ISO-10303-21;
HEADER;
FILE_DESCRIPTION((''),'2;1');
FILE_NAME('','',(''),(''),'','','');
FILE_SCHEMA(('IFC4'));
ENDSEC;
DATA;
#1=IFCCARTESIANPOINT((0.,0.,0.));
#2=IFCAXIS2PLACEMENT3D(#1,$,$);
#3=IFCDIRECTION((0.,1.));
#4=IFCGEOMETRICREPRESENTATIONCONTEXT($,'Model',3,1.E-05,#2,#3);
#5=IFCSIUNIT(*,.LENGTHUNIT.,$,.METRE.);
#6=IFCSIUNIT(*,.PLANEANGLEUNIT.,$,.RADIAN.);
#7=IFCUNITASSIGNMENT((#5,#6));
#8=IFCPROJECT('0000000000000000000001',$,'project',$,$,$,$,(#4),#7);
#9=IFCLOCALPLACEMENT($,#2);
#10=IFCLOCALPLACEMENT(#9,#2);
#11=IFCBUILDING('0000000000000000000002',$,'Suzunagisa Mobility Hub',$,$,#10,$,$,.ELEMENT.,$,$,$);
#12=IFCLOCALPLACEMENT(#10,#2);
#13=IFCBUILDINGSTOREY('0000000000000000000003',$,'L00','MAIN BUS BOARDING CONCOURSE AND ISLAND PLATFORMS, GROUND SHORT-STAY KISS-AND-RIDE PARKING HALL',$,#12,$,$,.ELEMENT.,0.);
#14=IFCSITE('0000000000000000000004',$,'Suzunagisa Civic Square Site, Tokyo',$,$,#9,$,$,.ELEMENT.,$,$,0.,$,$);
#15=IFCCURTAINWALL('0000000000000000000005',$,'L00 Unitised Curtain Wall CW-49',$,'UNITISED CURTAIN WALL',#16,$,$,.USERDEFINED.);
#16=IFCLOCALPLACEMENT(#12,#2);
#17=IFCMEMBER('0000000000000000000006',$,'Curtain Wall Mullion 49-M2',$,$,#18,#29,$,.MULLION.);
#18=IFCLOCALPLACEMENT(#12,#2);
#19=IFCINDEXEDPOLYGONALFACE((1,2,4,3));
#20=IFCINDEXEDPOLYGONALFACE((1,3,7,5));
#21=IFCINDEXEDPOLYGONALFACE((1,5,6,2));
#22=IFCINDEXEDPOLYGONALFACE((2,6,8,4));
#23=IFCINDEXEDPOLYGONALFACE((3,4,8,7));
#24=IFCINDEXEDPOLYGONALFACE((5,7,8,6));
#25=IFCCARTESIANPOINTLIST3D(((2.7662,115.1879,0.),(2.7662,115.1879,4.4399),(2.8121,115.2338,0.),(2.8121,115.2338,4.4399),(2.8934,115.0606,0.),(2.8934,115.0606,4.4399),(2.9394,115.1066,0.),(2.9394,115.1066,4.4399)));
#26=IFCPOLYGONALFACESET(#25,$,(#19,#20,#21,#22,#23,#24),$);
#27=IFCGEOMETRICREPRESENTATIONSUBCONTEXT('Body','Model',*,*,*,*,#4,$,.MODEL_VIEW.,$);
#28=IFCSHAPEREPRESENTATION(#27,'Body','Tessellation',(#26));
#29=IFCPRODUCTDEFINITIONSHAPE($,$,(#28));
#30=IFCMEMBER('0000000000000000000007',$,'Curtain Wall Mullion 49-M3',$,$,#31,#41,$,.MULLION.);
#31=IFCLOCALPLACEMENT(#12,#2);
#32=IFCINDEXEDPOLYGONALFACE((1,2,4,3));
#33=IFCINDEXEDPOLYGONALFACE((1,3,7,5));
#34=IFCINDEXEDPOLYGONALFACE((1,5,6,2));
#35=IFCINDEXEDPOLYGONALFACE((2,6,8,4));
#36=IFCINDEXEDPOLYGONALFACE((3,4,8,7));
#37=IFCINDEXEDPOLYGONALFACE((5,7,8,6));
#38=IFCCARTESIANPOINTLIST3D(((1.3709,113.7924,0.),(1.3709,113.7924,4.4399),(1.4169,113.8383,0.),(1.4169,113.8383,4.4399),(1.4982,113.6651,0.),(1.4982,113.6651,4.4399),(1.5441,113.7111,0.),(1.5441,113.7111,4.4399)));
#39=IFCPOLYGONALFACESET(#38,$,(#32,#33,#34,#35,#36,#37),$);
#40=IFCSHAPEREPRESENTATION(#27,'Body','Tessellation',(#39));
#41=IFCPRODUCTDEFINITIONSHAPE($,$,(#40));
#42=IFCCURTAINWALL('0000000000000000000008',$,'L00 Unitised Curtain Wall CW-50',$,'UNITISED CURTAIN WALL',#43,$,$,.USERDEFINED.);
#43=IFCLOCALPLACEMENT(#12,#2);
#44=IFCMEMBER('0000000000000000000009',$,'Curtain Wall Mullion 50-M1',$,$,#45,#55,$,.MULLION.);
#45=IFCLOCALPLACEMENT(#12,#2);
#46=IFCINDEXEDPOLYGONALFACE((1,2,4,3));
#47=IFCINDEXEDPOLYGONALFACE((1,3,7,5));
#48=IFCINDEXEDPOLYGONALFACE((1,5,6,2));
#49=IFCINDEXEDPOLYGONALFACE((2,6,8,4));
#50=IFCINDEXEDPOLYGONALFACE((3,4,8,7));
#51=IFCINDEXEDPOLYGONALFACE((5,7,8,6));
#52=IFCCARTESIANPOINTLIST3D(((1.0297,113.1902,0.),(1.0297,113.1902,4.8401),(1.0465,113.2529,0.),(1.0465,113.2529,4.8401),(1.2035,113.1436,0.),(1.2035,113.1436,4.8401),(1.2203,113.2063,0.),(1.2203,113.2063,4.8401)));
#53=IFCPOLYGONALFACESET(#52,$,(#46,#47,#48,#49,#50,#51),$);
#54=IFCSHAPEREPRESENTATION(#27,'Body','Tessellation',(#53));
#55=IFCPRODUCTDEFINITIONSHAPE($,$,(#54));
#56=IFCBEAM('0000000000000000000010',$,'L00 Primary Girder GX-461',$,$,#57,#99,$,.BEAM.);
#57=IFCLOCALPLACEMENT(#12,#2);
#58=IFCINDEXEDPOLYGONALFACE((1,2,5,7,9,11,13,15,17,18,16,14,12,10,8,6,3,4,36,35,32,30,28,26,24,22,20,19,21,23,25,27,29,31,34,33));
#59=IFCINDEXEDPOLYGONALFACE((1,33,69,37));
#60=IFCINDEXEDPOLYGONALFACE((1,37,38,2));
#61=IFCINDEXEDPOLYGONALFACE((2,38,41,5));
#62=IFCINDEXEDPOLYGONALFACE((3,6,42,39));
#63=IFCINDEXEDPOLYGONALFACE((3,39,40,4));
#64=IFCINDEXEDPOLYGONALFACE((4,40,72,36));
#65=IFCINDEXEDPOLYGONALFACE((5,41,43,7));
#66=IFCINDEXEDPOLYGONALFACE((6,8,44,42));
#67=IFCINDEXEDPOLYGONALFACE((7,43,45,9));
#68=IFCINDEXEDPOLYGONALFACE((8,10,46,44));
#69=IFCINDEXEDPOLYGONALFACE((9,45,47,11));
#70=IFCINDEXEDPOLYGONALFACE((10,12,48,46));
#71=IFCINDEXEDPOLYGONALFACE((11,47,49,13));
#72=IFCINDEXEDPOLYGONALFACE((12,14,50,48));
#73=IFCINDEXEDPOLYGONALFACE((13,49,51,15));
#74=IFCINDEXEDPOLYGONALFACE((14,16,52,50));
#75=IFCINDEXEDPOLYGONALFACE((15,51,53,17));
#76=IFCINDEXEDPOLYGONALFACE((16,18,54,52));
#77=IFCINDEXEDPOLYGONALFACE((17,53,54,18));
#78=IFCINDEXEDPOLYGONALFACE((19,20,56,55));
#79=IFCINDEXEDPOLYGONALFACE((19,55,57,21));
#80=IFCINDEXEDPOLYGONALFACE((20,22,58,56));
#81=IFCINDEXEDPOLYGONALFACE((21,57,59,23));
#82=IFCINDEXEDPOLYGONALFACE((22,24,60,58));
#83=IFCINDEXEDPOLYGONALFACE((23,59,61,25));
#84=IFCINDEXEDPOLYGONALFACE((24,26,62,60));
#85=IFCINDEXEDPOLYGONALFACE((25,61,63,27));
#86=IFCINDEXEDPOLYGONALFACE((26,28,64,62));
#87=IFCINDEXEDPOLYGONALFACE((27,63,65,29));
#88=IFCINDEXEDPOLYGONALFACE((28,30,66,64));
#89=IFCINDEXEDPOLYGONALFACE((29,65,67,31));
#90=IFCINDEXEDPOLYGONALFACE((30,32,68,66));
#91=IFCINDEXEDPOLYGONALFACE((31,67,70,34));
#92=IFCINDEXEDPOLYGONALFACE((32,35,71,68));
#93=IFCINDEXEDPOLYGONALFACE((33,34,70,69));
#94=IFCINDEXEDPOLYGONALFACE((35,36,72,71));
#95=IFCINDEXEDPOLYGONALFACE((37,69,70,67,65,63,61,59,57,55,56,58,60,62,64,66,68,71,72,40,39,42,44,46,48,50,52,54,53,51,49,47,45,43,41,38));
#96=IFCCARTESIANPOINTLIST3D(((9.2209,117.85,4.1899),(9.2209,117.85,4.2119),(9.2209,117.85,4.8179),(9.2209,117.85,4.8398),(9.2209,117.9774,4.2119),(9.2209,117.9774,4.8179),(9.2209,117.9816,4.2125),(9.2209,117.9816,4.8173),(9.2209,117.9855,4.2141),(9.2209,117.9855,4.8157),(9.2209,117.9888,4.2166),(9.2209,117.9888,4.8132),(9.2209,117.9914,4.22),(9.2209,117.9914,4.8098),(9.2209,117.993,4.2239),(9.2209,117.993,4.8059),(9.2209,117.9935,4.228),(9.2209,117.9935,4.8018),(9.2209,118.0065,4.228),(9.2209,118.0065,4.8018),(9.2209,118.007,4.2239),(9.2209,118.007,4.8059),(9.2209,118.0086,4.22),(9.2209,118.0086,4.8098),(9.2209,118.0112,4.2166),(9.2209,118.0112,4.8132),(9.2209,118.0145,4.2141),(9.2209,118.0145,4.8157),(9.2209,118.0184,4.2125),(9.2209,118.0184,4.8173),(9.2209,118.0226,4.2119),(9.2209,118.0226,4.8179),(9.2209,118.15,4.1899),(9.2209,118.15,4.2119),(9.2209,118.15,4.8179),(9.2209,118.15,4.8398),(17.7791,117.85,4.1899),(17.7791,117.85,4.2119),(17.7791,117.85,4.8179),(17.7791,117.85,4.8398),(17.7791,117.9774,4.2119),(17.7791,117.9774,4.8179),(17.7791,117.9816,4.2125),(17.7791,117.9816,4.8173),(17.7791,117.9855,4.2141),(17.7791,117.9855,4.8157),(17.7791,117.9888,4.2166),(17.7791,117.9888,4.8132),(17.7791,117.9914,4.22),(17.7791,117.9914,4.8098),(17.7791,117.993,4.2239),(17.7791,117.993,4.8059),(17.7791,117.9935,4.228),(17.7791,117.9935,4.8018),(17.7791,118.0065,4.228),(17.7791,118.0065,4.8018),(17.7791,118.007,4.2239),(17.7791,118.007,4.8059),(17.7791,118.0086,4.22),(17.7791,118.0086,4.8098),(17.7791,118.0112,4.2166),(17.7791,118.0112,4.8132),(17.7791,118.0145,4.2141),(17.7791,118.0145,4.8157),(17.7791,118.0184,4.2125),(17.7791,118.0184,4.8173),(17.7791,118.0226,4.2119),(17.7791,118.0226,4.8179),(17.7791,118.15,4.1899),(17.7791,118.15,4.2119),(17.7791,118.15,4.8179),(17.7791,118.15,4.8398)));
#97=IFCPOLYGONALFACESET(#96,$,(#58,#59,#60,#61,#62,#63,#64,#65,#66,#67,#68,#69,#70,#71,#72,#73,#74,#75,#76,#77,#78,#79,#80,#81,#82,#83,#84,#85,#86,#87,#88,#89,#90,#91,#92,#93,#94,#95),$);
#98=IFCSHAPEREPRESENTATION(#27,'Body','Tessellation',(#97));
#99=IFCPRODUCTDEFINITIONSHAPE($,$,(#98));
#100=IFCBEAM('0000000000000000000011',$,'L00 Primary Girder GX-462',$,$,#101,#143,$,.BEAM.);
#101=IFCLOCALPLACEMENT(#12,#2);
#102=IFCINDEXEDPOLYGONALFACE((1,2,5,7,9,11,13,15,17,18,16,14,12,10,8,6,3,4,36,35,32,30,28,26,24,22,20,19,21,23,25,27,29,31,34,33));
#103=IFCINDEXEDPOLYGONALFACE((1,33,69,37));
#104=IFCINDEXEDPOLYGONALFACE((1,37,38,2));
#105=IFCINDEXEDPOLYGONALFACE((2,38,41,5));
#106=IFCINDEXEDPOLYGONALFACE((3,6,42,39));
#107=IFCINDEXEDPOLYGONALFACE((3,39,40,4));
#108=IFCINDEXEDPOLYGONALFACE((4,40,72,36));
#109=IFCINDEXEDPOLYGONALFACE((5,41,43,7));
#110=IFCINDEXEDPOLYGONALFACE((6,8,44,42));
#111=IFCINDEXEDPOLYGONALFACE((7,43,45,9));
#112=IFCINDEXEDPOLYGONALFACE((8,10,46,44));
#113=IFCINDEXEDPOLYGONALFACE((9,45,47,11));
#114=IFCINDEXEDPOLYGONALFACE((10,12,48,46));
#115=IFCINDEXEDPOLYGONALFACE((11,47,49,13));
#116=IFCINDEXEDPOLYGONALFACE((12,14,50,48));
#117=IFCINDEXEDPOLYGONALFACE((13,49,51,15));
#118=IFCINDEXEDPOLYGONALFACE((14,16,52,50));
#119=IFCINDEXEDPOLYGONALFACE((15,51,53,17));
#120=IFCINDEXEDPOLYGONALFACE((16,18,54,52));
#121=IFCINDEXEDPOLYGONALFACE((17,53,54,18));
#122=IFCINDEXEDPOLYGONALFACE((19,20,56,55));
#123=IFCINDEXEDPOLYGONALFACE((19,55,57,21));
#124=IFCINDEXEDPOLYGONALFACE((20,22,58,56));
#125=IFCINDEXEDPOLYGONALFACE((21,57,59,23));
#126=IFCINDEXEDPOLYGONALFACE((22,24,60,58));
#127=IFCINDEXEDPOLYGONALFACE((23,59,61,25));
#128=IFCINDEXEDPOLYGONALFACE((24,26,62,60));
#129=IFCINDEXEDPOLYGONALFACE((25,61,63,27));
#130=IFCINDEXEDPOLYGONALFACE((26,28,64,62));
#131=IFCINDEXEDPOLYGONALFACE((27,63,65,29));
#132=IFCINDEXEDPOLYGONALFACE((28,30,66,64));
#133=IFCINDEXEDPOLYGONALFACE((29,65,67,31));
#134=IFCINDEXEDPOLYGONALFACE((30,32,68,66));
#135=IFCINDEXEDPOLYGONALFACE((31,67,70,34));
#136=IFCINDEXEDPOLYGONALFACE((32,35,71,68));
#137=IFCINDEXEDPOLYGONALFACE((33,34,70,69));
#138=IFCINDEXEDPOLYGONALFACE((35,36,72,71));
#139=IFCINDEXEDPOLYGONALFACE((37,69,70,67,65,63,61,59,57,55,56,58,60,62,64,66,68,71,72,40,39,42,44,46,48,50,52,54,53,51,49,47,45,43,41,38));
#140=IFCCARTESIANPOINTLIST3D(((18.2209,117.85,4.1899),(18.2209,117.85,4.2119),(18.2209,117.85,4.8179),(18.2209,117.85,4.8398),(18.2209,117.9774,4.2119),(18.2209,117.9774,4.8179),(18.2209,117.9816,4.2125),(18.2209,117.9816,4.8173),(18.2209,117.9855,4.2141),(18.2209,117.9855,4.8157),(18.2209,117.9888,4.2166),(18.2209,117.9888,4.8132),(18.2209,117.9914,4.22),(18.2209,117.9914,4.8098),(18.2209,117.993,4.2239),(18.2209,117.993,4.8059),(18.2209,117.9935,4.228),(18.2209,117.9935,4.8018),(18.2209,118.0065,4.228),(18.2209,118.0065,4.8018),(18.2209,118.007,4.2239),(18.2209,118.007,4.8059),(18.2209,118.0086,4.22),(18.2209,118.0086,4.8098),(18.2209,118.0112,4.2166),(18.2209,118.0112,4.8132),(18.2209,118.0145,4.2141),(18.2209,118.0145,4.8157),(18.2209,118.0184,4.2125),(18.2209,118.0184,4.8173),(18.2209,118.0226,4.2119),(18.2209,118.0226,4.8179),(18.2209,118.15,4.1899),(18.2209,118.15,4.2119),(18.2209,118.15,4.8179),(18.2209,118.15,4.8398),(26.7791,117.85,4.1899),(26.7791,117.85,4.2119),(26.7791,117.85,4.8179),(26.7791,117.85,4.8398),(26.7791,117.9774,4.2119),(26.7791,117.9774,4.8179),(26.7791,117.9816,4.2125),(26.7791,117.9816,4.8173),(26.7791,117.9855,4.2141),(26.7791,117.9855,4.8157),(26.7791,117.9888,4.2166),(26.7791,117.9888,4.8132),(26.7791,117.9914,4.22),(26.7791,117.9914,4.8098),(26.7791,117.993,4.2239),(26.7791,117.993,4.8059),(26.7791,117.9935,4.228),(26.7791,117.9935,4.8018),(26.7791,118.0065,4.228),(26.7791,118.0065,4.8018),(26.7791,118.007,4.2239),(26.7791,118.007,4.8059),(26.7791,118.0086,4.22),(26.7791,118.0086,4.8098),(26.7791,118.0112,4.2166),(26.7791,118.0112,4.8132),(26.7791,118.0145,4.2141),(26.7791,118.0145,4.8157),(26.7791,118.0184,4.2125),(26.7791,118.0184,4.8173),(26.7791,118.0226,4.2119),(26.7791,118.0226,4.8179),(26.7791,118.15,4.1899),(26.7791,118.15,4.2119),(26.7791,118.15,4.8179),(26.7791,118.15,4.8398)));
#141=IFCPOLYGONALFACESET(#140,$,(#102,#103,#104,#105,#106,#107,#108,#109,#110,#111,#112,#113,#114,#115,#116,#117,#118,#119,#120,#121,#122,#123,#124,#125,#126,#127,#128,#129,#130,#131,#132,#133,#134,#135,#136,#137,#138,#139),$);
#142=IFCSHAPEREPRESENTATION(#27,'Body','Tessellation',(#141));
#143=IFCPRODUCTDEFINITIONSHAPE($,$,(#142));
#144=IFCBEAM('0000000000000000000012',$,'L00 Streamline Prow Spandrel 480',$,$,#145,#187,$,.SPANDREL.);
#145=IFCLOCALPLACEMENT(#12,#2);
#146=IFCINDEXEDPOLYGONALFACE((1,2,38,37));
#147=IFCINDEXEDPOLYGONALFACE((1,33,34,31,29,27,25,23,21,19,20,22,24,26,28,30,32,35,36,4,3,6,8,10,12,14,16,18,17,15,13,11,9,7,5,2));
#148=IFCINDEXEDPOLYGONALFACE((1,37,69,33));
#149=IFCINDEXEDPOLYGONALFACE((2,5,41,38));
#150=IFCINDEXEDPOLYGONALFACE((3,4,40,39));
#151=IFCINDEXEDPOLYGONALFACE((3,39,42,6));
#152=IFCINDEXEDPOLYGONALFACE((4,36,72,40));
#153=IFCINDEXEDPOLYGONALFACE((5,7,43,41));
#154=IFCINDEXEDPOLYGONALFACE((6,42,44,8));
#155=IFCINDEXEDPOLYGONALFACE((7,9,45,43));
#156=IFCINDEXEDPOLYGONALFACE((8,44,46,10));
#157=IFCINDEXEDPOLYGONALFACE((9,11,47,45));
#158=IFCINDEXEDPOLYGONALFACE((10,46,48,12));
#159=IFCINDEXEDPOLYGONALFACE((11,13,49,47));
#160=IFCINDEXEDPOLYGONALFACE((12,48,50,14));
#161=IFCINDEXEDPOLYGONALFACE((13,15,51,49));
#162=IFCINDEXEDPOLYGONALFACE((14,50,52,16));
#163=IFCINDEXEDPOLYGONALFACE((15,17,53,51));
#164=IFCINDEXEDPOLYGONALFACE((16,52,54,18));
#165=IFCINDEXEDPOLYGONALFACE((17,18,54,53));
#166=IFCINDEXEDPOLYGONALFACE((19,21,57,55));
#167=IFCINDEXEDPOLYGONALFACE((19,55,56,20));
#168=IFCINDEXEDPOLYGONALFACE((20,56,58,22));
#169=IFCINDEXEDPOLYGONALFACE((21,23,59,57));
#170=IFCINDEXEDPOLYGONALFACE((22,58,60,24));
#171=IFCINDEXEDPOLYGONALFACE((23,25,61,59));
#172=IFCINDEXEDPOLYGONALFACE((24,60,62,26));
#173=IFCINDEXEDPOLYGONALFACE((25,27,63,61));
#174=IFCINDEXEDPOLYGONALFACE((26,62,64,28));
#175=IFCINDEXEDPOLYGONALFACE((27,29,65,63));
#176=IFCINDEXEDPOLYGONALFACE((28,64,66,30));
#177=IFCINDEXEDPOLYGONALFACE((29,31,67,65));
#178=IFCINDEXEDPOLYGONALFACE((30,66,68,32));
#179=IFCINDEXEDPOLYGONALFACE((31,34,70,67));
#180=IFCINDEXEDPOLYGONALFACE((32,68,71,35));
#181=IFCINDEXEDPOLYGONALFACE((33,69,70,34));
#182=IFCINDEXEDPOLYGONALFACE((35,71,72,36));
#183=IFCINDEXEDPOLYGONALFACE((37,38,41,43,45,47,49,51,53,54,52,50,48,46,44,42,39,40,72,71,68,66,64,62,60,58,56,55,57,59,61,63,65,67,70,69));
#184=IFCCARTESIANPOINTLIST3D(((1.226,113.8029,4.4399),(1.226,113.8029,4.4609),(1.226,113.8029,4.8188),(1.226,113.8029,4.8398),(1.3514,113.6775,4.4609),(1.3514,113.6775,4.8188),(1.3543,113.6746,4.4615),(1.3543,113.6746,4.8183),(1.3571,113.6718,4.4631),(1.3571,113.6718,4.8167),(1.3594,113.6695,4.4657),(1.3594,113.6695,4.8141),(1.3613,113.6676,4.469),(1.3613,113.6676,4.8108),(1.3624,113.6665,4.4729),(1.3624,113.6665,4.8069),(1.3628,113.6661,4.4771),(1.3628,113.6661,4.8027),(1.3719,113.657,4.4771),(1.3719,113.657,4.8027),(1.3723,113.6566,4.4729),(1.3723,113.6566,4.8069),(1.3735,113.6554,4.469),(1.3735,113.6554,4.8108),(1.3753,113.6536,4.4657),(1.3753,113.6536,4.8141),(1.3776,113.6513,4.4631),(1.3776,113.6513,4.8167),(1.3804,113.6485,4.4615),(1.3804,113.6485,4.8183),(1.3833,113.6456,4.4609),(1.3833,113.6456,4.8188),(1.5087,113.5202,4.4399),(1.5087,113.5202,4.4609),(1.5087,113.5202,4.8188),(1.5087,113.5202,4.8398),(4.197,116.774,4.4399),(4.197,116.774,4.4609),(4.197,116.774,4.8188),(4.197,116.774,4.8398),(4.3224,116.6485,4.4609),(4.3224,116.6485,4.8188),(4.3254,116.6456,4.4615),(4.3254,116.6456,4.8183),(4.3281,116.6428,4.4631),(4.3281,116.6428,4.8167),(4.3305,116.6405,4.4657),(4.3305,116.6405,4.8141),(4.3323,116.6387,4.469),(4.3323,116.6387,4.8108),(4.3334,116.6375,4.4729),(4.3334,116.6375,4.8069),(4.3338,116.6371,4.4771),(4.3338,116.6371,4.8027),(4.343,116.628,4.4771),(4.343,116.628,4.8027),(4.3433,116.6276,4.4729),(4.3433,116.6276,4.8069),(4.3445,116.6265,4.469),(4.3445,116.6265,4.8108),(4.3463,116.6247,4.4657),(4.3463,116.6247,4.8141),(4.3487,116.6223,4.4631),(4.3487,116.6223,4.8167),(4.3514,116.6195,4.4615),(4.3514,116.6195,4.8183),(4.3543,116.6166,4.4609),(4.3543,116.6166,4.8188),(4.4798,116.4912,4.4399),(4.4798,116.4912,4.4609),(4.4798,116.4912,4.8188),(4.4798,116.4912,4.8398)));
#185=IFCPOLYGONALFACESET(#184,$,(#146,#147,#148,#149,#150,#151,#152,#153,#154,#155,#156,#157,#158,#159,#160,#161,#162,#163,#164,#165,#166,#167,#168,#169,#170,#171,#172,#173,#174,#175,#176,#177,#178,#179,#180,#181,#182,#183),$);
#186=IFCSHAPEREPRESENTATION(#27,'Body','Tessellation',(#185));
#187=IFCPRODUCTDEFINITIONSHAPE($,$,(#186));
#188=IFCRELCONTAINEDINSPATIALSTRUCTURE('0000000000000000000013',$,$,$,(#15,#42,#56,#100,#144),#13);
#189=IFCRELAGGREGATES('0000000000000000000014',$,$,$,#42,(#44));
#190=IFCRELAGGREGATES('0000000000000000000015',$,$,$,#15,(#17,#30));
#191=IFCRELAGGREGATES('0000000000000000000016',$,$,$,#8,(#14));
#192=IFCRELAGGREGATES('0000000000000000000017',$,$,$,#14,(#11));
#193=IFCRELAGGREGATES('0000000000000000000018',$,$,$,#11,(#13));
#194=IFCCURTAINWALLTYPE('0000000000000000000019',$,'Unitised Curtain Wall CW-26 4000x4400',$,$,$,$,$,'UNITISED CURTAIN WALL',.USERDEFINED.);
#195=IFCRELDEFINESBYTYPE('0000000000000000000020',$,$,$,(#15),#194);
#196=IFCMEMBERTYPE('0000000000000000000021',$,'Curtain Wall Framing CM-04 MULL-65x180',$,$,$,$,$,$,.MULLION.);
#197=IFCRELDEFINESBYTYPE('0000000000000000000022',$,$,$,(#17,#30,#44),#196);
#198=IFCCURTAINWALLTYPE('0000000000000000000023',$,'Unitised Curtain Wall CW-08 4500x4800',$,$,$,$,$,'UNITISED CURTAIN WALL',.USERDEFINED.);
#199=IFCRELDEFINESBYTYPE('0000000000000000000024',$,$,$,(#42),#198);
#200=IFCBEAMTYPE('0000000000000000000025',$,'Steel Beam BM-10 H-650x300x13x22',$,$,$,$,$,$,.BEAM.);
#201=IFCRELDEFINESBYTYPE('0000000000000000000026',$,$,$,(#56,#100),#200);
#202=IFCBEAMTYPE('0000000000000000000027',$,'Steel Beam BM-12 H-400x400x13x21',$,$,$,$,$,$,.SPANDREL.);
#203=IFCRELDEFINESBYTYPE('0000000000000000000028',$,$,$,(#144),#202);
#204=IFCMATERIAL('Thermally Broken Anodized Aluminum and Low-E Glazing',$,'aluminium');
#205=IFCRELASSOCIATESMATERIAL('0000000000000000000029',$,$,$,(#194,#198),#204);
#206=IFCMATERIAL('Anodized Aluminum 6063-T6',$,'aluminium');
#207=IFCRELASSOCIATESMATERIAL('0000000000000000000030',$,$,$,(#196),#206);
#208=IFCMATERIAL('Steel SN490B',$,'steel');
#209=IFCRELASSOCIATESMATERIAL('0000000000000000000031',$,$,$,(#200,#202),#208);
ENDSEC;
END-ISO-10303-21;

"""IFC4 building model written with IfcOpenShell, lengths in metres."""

from ifc_helpers import new_model, si_unit, direction, frame, origin, origin_2d, place, context, subcontext, project, spatial, rectangle, i_section, extrude, material, material_profile, profile_set, type_object, element, aggregate, save


model = new_model("IFC4")

# Units and contexts
model_context = context("Model", 3, precision=1e-05, world=origin(), true_north=direction((0.0, 1.0)))
body_context = subcontext(model_context, "Body", "Model", "MODEL_VIEW")
ifc_project = project(units=[si_unit("LENGTHUNIT", "METRE"), si_unit("PLANEANGLEUNIT", "RADIAN")], contexts=[model_context])

# Site, building, storey
site_placement = place(None, origin())
site = spatial("IfcSite", under=ifc_project, at=site_placement, Name="Suzunagisa Civic Square Site, Tokyo", CompositionType="ELEMENT", RefElevation=0.0)
building_placement = place(site_placement, origin())
building = spatial("IfcBuilding", under=site, at=building_placement, Name="Suzunagisa Mobility Hub", CompositionType="ELEMENT")
storey_placement = place(building_placement, origin())
storey = spatial("IfcBuildingStorey", under=building, at=storey_placement, Name="L00", Description="MAIN BUS BOARDING CONCOURSE AND ISLAND PLATFORMS, GROUND SHORT-STAY KISS-AND-RIDE PARKING HALL", CompositionType="ELEMENT", Elevation=0.0)

# Shared definitions
ifc_material_1 = material(Name="Steel SN490B", Category="steel")

# Curtain wall
ifc_material_2 = material(Name="Thermally Broken Anodized Aluminum and Low-E Glazing", Category="aluminium")
ifc_material_3 = material(Name="Anodized Aluminum 6063-T6", Category="aluminium")
curtain_wall_type_1 = type_object("IfcCurtainWallType", Name="Unitised Curtain Wall CW-26 4000x4400", ElementType="UNITISED CURTAIN WALL", PredefinedType="USERDEFINED", material=ifc_material_2)
curtain_wall_1_placement = place(storey_placement, origin())
curtain_wall_1 = element("IfcCurtainWall", 1, at=curtain_wall_1_placement, inside=storey, type_object=curtain_wall_type_1, Name="L00 Unitised Curtain Wall CW-49", ObjectType="UNITISED CURTAIN WALL", PredefinedType="USERDEFINED")

# Members
ifc_material_profile_1 = material_profile(ifc_material_3, rectangle(XDim=0.0649, YDim=0.1799, at=origin_2d()), Name="MULL-65x180")
ifc_profile_set_1 = profile_set([ifc_material_profile_1], Name="Anodized Aluminum 6063-T6")
member_type_1 = type_object("IfcMemberType", Name="Curtain Wall Framing CM-04 MULL-65x180", PredefinedType="MULLION", material=ifc_profile_set_1)
member_1_placement = place(storey_placement, frame((2.8528, 115.1472, 0.0), z_axis=(0.0, 0.0, 1.0), x_axis=(-0.707107, -0.707107, 0.0)))
member_1 = element("IfcMember", 2, at=member_1_placement, type_object=member_type_1, Name="Curtain Wall Mullion 49-M2", PredefinedType="MULLION", context=body_context, shape_type="SweptSolid", body=[
    extrude(rectangle(XDim=0.0649, YDim=0.1799, at=origin_2d()), origin(), (0.0, 0.0, 1.0), 4.4399),
])
member_2_placement = place(storey_placement, frame((1.4575, 113.7517, 0.0), z_axis=(0.0, 0.0, 1.0), x_axis=(-0.707107, -0.707107, 0.0)))
member_2 = element("IfcMember", 3, at=member_2_placement, type_object=member_type_1, Name="Curtain Wall Mullion 49-M3", PredefinedType="MULLION", context=body_context, shape_type="SweptSolid", body=[
    extrude(rectangle(XDim=0.0649, YDim=0.1799, at=origin_2d()), origin(), (0.0, 0.0, 1.0), 4.4399),
])

# Curtain wall, member
curtain_wall_type_2 = type_object("IfcCurtainWallType", Name="Unitised Curtain Wall CW-08 4500x4800", ElementType="UNITISED CURTAIN WALL", PredefinedType="USERDEFINED", material=ifc_material_2)
curtain_wall_2_placement = place(storey_placement, origin())
curtain_wall_2 = element("IfcCurtainWall", 4, at=curtain_wall_2_placement, inside=storey, type_object=curtain_wall_type_2, Name="L00 Unitised Curtain Wall CW-50", ObjectType="UNITISED CURTAIN WALL", PredefinedType="USERDEFINED")
member_3_placement = place(storey_placement, frame((1.125, 113.1982, 0.0), z_axis=(0.0, 0.0, 1.0), x_axis=(-0.258815, -0.965927, 0.0)))
member_3 = element("IfcMember", 5, at=member_3_placement, type_object=member_type_1, Name="Curtain Wall Mullion 50-M1", PredefinedType="MULLION", context=body_context, shape_type="SweptSolid", body=[
    extrude(rectangle(XDim=0.0649, YDim=0.1799, at=origin_2d()), origin(), (0.0, 0.0, 1.0), 4.8401),
])
aggregate(curtain_wall_2, [member_3])

# Beams
ifc_material_profile_2 = material_profile(ifc_material_1, i_section(OverallWidth=0.3, OverallDepth=0.6499, WebThickness=0.0129, FlangeThickness=0.022, FilletRadius=0.0161, at=origin_2d()), Name="H-650x300x13x22")
ifc_profile_set_2 = profile_set([ifc_material_profile_2], Name="Steel SN490B")
beam_type_1 = type_object("IfcBeamType", Name="Steel Beam BM-10 H-650x300x13x22", PredefinedType="BEAM", material=ifc_profile_set_2)
for number, where, z_axis, x_axis, name in (
    (6, (9.2209, 118.0, 4.5149), (1.0, 0.0, 0.0), (0.0, 1.0, 0.0), "L00 Primary Girder GX-461"),
    (7, (18.2209, 118.0, 4.5149), (1.0, 0.0, 0.0), (0.0, 1.0, 0.0), "L00 Primary Girder GX-462"),
):
    element("IfcBeam", number, at=place(storey_placement, frame(where, z_axis=z_axis, x_axis=x_axis)), inside=storey, type_object=beam_type_1, Name=name, PredefinedType="BEAM", context=body_context, shape_type="SweptSolid", body=[
        extrude(i_section(OverallWidth=0.3, OverallDepth=0.6499, WebThickness=0.0129, FlangeThickness=0.022, FilletRadius=0.0161, at=origin_2d()), origin(), (0.0, 0.0, 1.0), 8.5581),
    ])
ifc_material_profile_3 = material_profile(ifc_material_1, i_section(OverallWidth=0.3999, OverallDepth=0.3999, WebThickness=0.0129, FlangeThickness=0.021, FilletRadius=0.0161, at=origin_2d()), Name="H-400x400x13x21")
ifc_profile_set_3 = profile_set([ifc_material_profile_3], Name="Steel SN490B")
beam_type_2 = type_object("IfcBeamType", Name="Steel Beam BM-12 H-400x400x13x21", PredefinedType="SPANDREL", material=ifc_profile_set_3)
beam_placement = place(storey_placement, frame((4.3384, 116.6326, 4.6399), z_axis=(-0.707107, -0.707107, 0.0), x_axis=(0.707107, -0.707107, 0.0)))
element("IfcBeam", 8, at=beam_placement, inside=storey, type_object=beam_type_2, Name="L00 Streamline Prow Spandrel 480", PredefinedType="SPANDREL", context=body_context, shape_type="SweptSolid", body=[
    extrude(i_section(OverallWidth=0.3999, OverallDepth=0.3999, WebThickness=0.0129, FlangeThickness=0.021, FilletRadius=0.0161, at=origin_2d()), origin(), (0.0, 0.0, 1.0), 4.2017),
])

aggregate(curtain_wall_1, [member_1, member_2])

save(model, "model.ifc")
